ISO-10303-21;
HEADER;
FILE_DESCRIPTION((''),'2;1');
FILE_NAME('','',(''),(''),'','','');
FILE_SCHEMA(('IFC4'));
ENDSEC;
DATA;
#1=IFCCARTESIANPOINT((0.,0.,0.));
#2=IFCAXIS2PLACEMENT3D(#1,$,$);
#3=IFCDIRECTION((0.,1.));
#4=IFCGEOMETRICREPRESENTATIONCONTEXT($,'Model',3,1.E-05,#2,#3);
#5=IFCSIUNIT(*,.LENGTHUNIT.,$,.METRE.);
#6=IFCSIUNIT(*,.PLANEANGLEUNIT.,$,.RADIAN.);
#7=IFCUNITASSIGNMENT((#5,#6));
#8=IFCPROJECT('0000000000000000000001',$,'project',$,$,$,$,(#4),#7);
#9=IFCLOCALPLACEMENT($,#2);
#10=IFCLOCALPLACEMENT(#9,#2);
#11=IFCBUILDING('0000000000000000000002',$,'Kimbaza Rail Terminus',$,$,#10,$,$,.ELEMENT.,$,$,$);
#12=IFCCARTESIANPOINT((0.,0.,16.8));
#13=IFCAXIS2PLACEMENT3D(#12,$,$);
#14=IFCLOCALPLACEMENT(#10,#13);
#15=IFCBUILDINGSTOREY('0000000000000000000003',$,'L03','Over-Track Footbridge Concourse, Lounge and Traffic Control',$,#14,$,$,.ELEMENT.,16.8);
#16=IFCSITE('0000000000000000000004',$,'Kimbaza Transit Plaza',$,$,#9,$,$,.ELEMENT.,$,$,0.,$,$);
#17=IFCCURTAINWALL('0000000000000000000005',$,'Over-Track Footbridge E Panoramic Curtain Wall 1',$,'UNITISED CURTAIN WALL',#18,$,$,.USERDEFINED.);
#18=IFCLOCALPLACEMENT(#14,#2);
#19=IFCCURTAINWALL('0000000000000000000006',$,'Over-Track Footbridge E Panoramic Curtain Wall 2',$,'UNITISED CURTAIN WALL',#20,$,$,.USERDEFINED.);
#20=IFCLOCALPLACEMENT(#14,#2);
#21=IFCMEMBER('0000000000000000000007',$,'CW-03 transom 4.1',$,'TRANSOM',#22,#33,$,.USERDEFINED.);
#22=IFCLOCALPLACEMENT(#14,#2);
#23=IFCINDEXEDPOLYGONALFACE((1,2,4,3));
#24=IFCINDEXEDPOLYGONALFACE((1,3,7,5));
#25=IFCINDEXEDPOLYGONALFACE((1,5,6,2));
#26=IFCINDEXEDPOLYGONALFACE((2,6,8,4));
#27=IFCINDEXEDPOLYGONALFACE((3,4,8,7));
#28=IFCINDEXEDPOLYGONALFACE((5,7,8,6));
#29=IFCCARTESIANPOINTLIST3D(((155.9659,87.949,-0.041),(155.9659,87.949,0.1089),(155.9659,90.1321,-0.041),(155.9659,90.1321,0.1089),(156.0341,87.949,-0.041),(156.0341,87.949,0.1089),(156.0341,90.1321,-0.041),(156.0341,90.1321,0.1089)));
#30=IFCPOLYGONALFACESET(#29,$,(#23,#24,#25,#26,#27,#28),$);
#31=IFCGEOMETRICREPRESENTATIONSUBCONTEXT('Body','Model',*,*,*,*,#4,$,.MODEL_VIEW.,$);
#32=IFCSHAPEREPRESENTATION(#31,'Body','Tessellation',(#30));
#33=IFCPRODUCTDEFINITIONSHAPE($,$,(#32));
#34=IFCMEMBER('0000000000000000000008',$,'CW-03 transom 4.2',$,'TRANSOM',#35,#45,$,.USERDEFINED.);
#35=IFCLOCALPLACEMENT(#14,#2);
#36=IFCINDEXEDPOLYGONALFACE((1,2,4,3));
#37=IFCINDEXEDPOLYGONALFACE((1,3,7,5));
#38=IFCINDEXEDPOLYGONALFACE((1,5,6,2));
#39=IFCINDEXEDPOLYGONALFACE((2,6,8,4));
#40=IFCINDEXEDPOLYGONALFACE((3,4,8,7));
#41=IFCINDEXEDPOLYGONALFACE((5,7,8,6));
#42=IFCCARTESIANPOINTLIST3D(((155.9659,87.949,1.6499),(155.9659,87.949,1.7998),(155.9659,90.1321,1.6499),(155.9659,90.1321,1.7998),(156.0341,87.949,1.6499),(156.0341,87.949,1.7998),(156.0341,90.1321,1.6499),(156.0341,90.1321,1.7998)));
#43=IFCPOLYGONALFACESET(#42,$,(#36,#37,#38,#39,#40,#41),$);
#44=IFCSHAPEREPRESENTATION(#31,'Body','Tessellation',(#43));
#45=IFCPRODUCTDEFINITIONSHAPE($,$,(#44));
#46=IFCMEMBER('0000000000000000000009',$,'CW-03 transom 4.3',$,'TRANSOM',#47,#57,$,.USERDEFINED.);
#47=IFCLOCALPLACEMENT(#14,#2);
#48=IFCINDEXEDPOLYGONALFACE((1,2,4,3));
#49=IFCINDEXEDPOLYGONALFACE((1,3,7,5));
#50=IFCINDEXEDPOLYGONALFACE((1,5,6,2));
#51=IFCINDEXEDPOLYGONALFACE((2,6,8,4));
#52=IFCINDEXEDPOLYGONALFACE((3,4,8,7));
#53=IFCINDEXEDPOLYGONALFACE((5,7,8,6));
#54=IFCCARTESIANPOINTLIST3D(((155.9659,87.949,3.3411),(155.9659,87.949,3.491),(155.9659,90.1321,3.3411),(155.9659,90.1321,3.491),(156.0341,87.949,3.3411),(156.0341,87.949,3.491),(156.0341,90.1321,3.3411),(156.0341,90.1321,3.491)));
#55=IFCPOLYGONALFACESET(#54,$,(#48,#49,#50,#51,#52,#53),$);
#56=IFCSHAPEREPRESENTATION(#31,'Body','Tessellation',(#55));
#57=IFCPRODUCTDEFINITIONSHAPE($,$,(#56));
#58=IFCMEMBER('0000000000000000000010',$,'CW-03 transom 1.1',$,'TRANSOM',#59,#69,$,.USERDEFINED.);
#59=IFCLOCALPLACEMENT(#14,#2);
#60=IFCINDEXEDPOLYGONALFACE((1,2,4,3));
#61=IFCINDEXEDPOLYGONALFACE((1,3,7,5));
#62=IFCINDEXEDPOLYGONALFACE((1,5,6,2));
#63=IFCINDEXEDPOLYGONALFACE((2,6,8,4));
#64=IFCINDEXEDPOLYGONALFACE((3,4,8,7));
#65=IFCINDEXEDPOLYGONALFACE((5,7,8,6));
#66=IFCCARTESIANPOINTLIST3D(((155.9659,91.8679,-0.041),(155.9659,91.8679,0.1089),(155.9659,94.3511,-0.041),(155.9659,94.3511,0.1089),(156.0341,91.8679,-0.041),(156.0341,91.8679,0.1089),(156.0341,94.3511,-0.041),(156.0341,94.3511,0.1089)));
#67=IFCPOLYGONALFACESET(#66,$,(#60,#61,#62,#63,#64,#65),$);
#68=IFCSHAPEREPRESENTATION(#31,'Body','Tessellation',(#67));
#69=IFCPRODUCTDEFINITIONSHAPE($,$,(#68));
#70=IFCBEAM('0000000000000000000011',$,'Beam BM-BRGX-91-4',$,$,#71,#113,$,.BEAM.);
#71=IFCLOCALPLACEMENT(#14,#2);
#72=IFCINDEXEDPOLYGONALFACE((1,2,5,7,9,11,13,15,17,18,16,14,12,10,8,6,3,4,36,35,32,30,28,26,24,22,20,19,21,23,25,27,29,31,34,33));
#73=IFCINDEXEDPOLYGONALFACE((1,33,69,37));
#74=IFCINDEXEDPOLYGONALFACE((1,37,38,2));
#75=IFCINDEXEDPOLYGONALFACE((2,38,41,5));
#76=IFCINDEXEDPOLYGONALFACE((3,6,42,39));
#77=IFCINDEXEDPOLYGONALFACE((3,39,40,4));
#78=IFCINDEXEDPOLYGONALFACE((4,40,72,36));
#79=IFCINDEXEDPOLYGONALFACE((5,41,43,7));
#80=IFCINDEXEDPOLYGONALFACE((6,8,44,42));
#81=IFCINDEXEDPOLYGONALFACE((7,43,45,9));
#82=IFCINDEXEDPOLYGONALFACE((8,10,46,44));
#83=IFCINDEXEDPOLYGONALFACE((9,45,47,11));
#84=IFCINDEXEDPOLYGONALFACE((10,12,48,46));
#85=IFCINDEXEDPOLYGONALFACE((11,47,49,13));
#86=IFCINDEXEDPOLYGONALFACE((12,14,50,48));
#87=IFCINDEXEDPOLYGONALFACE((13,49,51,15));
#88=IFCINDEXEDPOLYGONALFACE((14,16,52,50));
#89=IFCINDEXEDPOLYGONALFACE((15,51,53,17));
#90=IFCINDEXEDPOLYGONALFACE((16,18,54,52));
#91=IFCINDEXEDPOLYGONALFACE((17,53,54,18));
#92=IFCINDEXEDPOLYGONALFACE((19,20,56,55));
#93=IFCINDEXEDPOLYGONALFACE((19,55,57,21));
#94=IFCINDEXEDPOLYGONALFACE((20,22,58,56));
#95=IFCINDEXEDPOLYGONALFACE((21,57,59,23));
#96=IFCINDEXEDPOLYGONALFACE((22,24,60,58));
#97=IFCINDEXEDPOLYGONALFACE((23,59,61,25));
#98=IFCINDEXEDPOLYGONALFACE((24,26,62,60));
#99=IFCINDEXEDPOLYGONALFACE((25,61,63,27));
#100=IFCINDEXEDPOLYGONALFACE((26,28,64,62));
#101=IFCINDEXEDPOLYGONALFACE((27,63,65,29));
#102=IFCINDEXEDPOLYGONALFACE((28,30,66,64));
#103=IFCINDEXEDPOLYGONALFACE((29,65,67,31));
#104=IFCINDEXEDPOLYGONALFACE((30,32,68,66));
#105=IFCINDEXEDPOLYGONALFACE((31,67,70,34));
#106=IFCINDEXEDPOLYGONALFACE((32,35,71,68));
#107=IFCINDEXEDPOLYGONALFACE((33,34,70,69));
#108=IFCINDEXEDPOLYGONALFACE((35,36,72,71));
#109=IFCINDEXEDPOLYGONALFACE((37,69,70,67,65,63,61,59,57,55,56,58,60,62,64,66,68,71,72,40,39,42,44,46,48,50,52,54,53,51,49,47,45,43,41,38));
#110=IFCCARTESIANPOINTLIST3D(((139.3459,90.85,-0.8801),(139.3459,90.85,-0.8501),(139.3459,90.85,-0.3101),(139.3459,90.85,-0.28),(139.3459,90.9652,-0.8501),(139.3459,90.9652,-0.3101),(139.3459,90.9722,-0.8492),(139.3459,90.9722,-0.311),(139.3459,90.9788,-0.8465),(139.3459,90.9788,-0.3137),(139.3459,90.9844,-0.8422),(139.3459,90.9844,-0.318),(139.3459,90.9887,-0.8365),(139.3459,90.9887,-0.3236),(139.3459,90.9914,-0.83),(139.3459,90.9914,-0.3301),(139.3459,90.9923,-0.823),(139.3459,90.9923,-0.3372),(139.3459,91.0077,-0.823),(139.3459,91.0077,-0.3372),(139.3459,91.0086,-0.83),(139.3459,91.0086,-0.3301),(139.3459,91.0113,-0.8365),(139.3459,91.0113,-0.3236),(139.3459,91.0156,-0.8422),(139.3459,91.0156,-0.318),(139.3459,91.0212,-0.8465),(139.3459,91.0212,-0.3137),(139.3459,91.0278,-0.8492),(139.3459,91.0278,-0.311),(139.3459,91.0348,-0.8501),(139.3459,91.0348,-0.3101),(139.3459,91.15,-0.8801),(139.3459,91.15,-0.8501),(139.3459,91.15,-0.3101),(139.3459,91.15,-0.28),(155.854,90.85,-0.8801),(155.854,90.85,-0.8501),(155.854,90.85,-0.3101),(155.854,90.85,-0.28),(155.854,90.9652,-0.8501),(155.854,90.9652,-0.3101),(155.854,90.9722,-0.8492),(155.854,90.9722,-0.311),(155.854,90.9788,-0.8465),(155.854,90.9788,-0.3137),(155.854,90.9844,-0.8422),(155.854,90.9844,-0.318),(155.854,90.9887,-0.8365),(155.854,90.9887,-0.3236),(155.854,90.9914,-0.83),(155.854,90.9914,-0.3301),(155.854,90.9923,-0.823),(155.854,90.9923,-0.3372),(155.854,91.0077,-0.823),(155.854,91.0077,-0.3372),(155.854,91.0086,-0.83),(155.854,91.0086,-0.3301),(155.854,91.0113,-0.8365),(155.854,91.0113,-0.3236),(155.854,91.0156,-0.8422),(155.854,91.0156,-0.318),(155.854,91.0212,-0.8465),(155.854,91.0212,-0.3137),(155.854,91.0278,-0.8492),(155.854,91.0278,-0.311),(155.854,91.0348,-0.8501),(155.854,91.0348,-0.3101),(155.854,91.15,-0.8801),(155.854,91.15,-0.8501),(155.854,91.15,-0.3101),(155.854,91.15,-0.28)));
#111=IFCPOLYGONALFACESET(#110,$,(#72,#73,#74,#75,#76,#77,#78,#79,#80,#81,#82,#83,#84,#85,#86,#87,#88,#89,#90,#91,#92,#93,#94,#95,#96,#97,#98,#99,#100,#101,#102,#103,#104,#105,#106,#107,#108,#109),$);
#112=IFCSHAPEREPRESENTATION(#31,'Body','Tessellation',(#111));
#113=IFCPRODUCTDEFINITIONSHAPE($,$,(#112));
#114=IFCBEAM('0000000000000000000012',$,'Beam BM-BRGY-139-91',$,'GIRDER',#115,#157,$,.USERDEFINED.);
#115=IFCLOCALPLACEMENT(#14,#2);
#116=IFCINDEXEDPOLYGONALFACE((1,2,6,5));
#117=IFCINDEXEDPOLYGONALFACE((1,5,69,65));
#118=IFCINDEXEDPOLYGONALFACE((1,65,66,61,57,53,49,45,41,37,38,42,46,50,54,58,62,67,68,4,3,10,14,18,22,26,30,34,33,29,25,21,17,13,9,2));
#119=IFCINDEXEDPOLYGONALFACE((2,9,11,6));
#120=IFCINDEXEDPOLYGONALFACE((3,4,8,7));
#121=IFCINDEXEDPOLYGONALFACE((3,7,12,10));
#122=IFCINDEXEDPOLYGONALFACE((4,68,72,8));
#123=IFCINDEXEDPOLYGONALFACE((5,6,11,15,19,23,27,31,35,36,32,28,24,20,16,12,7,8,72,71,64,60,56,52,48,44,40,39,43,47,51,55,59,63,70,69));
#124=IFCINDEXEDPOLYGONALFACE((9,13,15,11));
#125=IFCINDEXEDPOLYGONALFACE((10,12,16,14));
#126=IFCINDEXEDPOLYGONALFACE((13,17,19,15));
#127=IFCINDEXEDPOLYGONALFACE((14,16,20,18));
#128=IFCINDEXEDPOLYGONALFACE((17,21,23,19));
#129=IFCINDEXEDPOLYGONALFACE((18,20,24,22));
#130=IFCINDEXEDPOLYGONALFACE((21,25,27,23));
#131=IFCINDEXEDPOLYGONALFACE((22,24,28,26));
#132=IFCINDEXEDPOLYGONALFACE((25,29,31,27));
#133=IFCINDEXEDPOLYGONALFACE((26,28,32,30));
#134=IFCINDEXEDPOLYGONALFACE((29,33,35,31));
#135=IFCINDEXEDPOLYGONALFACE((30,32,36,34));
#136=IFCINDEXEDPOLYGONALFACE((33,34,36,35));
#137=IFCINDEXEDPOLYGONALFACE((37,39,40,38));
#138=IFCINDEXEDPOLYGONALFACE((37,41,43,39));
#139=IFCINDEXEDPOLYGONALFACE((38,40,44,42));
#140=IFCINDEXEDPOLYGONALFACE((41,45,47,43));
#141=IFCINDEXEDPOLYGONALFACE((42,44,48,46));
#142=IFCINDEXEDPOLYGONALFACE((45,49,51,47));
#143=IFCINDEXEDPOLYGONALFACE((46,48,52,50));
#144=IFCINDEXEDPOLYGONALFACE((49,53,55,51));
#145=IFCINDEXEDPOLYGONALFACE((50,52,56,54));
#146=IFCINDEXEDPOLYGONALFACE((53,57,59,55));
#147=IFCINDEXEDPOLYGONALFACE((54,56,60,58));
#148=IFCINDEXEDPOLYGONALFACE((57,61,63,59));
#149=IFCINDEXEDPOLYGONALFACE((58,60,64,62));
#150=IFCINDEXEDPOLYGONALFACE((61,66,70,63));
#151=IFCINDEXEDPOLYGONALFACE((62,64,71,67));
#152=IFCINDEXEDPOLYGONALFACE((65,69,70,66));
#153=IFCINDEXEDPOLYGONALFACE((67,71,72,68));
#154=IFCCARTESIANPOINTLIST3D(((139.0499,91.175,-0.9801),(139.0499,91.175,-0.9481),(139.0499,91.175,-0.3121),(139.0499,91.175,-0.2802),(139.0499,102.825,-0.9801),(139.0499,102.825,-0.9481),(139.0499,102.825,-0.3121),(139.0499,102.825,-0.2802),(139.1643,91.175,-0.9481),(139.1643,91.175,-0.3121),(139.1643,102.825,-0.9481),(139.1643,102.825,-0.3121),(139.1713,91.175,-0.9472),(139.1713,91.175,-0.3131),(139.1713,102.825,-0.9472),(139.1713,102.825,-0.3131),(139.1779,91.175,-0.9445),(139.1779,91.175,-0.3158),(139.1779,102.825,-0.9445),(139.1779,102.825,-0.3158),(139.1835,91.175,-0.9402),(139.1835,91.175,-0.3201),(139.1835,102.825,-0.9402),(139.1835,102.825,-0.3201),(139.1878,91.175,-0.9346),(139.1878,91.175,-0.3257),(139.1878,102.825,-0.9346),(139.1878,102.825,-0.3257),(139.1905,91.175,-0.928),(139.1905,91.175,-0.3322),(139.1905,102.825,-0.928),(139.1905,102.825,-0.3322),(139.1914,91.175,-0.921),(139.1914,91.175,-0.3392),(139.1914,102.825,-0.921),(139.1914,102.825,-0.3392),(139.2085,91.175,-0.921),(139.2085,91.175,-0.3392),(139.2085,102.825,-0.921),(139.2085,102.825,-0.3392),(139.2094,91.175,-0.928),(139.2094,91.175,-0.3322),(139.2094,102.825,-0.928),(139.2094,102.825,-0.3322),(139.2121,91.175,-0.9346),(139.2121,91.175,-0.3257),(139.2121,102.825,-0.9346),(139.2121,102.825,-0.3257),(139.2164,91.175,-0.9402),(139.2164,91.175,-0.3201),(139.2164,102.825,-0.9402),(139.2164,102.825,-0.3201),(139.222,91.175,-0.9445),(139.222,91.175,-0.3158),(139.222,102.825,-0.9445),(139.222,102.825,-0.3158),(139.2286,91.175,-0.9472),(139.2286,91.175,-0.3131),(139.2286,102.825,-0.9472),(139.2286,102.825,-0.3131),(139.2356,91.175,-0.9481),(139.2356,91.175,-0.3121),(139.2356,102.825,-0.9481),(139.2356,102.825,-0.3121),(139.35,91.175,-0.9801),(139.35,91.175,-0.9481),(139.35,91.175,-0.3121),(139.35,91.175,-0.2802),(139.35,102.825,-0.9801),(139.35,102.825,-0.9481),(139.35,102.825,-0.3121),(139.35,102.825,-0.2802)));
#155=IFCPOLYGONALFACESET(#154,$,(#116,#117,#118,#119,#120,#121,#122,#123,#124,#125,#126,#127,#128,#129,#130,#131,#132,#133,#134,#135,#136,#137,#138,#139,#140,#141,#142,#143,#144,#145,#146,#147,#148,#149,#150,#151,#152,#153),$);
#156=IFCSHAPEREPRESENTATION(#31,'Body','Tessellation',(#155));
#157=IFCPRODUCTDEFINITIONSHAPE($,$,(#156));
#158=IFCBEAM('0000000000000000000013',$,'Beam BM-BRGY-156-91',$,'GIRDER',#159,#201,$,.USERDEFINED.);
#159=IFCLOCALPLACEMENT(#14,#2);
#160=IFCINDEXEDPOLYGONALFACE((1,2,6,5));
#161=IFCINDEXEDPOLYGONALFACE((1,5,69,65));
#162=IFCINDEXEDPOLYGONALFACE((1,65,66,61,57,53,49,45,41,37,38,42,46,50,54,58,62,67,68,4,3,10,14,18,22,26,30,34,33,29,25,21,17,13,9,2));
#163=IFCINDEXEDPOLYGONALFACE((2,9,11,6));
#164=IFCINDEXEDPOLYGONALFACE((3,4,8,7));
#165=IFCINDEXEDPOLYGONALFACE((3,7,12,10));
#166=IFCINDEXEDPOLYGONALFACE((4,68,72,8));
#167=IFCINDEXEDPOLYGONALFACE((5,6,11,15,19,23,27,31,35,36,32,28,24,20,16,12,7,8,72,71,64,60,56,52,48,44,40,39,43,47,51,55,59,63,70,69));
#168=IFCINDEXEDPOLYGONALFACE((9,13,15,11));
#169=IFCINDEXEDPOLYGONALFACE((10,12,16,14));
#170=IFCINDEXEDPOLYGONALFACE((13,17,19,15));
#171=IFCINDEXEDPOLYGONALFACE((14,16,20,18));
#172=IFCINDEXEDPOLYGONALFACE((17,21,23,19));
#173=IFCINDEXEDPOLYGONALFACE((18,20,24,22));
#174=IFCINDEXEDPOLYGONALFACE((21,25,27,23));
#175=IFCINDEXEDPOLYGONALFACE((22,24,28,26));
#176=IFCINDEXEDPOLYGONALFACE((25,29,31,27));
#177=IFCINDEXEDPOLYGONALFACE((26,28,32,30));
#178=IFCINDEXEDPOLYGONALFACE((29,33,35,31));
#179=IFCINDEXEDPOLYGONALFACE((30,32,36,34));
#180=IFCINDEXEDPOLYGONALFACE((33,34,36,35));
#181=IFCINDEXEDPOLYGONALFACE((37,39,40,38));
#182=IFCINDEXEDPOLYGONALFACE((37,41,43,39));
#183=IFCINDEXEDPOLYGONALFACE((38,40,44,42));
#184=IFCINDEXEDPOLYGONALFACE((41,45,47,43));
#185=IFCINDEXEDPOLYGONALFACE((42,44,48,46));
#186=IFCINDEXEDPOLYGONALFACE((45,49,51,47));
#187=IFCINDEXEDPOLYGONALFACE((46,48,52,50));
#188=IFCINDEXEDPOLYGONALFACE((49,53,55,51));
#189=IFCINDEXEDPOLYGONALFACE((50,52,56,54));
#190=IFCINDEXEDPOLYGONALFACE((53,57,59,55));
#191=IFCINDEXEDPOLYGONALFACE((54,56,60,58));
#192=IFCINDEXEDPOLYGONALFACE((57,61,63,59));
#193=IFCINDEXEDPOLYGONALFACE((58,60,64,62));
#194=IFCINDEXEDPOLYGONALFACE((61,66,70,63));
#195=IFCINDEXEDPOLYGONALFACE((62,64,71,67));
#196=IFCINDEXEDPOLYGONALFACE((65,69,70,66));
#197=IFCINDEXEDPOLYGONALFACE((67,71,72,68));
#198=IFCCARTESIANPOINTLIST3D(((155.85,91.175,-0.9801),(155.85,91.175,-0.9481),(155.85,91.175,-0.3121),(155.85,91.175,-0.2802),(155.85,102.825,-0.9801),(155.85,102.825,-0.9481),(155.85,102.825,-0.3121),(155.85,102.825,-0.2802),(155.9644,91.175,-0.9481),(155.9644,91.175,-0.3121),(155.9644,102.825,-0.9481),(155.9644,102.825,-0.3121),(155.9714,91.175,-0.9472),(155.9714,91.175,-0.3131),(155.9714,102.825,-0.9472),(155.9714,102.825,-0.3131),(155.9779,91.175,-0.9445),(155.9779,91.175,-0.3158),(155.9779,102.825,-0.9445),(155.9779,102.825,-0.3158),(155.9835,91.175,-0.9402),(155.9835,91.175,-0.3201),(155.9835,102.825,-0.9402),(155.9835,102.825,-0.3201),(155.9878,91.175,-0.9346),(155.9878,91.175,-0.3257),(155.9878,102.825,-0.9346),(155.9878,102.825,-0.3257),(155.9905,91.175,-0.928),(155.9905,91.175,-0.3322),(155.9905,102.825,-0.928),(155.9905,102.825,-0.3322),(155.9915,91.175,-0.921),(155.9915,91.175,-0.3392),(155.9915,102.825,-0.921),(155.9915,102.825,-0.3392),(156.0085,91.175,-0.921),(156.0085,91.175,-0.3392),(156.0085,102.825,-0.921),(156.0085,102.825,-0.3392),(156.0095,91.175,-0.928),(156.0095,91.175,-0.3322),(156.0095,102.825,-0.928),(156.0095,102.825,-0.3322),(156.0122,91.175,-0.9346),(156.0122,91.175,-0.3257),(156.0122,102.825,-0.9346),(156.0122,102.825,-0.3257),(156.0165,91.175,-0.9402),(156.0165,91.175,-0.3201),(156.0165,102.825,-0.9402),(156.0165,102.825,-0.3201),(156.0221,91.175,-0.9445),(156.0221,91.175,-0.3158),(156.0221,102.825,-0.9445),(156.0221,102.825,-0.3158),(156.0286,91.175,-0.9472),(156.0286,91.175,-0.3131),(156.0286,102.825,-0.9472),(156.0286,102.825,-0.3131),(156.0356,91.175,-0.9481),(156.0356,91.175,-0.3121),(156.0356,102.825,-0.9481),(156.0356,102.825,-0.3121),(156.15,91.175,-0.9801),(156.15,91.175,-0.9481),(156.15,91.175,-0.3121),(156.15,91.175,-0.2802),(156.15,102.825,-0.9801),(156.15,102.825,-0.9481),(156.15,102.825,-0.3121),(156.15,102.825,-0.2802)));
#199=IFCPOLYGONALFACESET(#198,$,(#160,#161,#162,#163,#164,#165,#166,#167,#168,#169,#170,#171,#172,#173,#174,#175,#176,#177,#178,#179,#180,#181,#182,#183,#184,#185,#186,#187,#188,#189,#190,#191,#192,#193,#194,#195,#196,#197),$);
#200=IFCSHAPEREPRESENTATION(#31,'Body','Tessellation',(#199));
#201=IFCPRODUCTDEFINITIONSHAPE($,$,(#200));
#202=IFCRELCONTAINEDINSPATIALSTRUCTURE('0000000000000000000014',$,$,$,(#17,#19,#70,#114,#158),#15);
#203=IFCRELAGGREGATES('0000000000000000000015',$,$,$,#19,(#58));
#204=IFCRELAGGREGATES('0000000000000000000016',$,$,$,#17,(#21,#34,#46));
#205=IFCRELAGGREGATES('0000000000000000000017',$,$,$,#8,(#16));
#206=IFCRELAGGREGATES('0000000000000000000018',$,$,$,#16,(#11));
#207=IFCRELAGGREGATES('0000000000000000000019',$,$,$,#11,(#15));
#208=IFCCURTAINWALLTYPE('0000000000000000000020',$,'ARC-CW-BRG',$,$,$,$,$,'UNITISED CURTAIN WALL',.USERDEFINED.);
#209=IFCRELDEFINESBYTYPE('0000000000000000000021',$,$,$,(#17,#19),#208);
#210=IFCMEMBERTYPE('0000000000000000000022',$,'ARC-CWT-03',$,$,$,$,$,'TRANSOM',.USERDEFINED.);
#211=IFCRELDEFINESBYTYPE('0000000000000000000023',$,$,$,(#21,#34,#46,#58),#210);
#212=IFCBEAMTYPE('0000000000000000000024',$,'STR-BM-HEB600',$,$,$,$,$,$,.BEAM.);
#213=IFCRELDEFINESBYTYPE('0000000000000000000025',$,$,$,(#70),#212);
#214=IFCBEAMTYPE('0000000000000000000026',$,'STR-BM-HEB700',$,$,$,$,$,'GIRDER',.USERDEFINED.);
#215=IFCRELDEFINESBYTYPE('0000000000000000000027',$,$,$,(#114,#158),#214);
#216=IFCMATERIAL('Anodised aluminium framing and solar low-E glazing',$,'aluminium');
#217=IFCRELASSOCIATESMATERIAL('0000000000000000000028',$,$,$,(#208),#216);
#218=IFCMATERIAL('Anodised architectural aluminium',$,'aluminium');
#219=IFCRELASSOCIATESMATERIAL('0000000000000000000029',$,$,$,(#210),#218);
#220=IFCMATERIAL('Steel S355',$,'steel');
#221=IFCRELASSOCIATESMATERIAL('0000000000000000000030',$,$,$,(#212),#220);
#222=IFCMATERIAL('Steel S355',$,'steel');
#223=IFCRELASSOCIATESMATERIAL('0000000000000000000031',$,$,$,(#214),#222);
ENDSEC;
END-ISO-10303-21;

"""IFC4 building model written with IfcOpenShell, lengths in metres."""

from ifc_helpers import new_model, si_unit, direction, frame, origin, origin_2d, place, context, subcontext, project, spatial, rectangle, i_section, extrude, material, material_profile, profile_set, type_object, element, aggregate, save


model = new_model("IFC4")

# Units and contexts
model_context = context("Model", 3, precision=1e-05, world=origin(), true_north=direction((0.0, 1.0)))
body_context = subcontext(model_context, "Body", "Model", "MODEL_VIEW")
ifc_project = project(units=[si_unit("LENGTHUNIT", "METRE"), si_unit("PLANEANGLEUNIT", "RADIAN")], contexts=[model_context])

# Site, building, storey
site_placement = place(None, origin())
site = spatial("IfcSite", under=ifc_project, at=site_placement, Name="Kimbaza Transit Plaza", CompositionType="ELEMENT", RefElevation=0.0)
building_placement = place(site_placement, origin())
building = spatial("IfcBuilding", under=site, at=building_placement, Name="Kimbaza Rail Terminus", CompositionType="ELEMENT")
storey_placement = place(building_placement, frame((0.0, 0.0, 16.8)))
storey = spatial("IfcBuildingStorey", under=building, at=storey_placement, Name="L03", Description="Over-Track Footbridge Concourse, Lounge and Traffic Control", CompositionType="ELEMENT", Elevation=16.8)

# Curtain wall
ifc_material_1 = material(Name="Anodised aluminium framing and solar low-E glazing", Category="aluminium")
curtain_wall_type = type_object("IfcCurtainWallType", Name="ARC-CW-BRG", ElementType="UNITISED CURTAIN WALL", PredefinedType="USERDEFINED", material=ifc_material_1)
curtain_wall_1_placement = place(storey_placement, origin())
curtain_wall_1 = element("IfcCurtainWall", 1, at=curtain_wall_1_placement, inside=storey, type_object=curtain_wall_type, Name="Over-Track Footbridge E Panoramic Curtain Wall 1", ObjectType="UNITISED CURTAIN WALL", PredefinedType="USERDEFINED")

# Curtain wall
curtain_wall_2_placement = place(storey_placement, origin())
curtain_wall_2 = element("IfcCurtainWall", 2, at=curtain_wall_2_placement, inside=storey, type_object=curtain_wall_type, Name="Over-Track Footbridge E Panoramic Curtain Wall 2", ObjectType="UNITISED CURTAIN WALL", PredefinedType="USERDEFINED")

# Members
ifc_material_2 = material(Name="Anodised architectural aluminium", Category="aluminium")
ifc_material_profile_1 = material_profile(ifc_material_2, rectangle(XDim=0.0681, YDim=0.1499, at=origin_2d()), Name="TRANSOM 68x150")
ifc_profile_set_1 = profile_set([ifc_material_profile_1], Name="Anodised architectural aluminium")
member_type_1 = type_object("IfcMemberType", Name="ARC-CWT-03", ElementType="TRANSOM", PredefinedType="USERDEFINED", material=ifc_profile_set_1)
member_1_placement = place(storey_placement, frame((156.0, 87.949, 0.0339), z_axis=(0.0, 1.0, 0.0), x_axis=(-1.0, 0.0, 0.0)))
member_1 = element("IfcMember", 3, at=member_1_placement, type_object=member_type_1, Name="CW-03 transom 4.1", ObjectType="TRANSOM", PredefinedType="USERDEFINED", context=body_context, shape_type="SweptSolid", body=[
    extrude(rectangle(XDim=0.0681, YDim=0.1499, at=origin_2d()), origin(), (0.0, 0.0, 1.0), 2.1831),
])
member_2_placement = place(storey_placement, frame((156.0, 87.949, 1.7249), z_axis=(0.0, 1.0, 0.0), x_axis=(-1.0, 0.0, 0.0)))
member_2 = element("IfcMember", 4, at=member_2_placement, type_object=member_type_1, Name="CW-03 transom 4.2", ObjectType="TRANSOM", PredefinedType="USERDEFINED", context=body_context, shape_type="SweptSolid", body=[
    extrude(rectangle(XDim=0.0681, YDim=0.1499, at=origin_2d()), origin(), (0.0, 0.0, 1.0), 2.1831),
])
member_3_placement = place(storey_placement, frame((156.0, 87.949, 3.416), z_axis=(0.0, 1.0, 0.0), x_axis=(-1.0, 0.0, 0.0)))
member_3 = element("IfcMember", 5, at=member_3_placement, type_object=member_type_1, Name="CW-03 transom 4.3", ObjectType="TRANSOM", PredefinedType="USERDEFINED", context=body_context, shape_type="SweptSolid", body=[
    extrude(rectangle(XDim=0.0681, YDim=0.1499, at=origin_2d()), origin(), (0.0, 0.0, 1.0), 2.1831),
])
member_4_placement = place(storey_placement, frame((156.0, 91.8679, 0.0339), z_axis=(0.0, 1.0, 0.0), x_axis=(-1.0, 0.0, 0.0)))
member_4 = element("IfcMember", 6, at=member_4_placement, type_object=member_type_1, Name="CW-03 transom 1.1", ObjectType="TRANSOM", PredefinedType="USERDEFINED", context=body_context, shape_type="SweptSolid", body=[
    extrude(rectangle(XDim=0.0681, YDim=0.1499, at=origin_2d()), origin(), (0.0, 0.0, 1.0), 2.4832),
])
aggregate(curtain_wall_2, [member_4])

# Beams
ifc_material_3 = material(Name="Steel S355", Category="steel")
ifc_material_profile_2 = material_profile(ifc_material_3, i_section(OverallWidth=0.3, OverallDepth=0.6001, WebThickness=0.0154, FlangeThickness=0.03, FilletRadius=0.0271, at=origin_2d()), Name="HEB 600")
ifc_profile_set_2 = profile_set([ifc_material_profile_2], Name="Steel S355")
beam_type_1 = type_object("IfcBeamType", Name="STR-BM-HEB600", PredefinedType="BEAM", material=ifc_profile_set_2)
beam_placement = place(storey_placement, frame((139.3459, 91.0, -0.5801), z_axis=(1.0, 0.0, 0.0), x_axis=(0.0, 1.0, 0.0)))
element("IfcBeam", 7, at=beam_placement, inside=storey, type_object=beam_type_1, Name="Beam BM-BRGX-91-4", PredefinedType="BEAM", context=body_context, shape_type="SweptSolid", body=[
    extrude(i_section(OverallWidth=0.3, OverallDepth=0.6001, WebThickness=0.0154, FlangeThickness=0.03, FilletRadius=0.0271, at=origin_2d()), origin(), (0.0, 0.0, 1.0), 16.5081),
])
ifc_material_4 = material(Name="Steel S355", Category="steel")
ifc_material_profile_3 = material_profile(ifc_material_4, i_section(OverallWidth=0.3, OverallDepth=0.7, WebThickness=0.0171, FlangeThickness=0.032, FilletRadius=0.0271, at=origin_2d()), Name="HEB 700")
ifc_profile_set_3 = profile_set([ifc_material_profile_3], Name="Steel S355")
beam_type_2 = type_object("IfcBeamType", Name="STR-BM-HEB700", ElementType="GIRDER", PredefinedType="USERDEFINED", material=ifc_profile_set_3)
for number, where, z_axis, x_axis, name in (
    (8, (139.2, 91.175, -0.6301), (0.0, 1.0, 0.0), (-1.0, 0.0, 0.0), "Beam BM-BRGY-139-91"),
    (9, (156.0, 91.175, -0.6301), (0.0, 1.0, 0.0), (-1.0, 0.0, 0.0), "Beam BM-BRGY-156-91"),
):
    element("IfcBeam", number, at=place(storey_placement, frame(where, z_axis=z_axis, x_axis=x_axis)), inside=storey, type_object=beam_type_2, Name=name, ObjectType="GIRDER", PredefinedType="USERDEFINED", context=body_context, shape_type="SweptSolid", body=[
        extrude(i_section(OverallWidth=0.3, OverallDepth=0.7, WebThickness=0.0171, FlangeThickness=0.032, FilletRadius=0.0271, at=origin_2d()), origin(), (0.0, 0.0, 1.0), 11.6499),
    ])

aggregate(curtain_wall_1, [member_1, member_2, member_3])

save(model, "model.ifc")
